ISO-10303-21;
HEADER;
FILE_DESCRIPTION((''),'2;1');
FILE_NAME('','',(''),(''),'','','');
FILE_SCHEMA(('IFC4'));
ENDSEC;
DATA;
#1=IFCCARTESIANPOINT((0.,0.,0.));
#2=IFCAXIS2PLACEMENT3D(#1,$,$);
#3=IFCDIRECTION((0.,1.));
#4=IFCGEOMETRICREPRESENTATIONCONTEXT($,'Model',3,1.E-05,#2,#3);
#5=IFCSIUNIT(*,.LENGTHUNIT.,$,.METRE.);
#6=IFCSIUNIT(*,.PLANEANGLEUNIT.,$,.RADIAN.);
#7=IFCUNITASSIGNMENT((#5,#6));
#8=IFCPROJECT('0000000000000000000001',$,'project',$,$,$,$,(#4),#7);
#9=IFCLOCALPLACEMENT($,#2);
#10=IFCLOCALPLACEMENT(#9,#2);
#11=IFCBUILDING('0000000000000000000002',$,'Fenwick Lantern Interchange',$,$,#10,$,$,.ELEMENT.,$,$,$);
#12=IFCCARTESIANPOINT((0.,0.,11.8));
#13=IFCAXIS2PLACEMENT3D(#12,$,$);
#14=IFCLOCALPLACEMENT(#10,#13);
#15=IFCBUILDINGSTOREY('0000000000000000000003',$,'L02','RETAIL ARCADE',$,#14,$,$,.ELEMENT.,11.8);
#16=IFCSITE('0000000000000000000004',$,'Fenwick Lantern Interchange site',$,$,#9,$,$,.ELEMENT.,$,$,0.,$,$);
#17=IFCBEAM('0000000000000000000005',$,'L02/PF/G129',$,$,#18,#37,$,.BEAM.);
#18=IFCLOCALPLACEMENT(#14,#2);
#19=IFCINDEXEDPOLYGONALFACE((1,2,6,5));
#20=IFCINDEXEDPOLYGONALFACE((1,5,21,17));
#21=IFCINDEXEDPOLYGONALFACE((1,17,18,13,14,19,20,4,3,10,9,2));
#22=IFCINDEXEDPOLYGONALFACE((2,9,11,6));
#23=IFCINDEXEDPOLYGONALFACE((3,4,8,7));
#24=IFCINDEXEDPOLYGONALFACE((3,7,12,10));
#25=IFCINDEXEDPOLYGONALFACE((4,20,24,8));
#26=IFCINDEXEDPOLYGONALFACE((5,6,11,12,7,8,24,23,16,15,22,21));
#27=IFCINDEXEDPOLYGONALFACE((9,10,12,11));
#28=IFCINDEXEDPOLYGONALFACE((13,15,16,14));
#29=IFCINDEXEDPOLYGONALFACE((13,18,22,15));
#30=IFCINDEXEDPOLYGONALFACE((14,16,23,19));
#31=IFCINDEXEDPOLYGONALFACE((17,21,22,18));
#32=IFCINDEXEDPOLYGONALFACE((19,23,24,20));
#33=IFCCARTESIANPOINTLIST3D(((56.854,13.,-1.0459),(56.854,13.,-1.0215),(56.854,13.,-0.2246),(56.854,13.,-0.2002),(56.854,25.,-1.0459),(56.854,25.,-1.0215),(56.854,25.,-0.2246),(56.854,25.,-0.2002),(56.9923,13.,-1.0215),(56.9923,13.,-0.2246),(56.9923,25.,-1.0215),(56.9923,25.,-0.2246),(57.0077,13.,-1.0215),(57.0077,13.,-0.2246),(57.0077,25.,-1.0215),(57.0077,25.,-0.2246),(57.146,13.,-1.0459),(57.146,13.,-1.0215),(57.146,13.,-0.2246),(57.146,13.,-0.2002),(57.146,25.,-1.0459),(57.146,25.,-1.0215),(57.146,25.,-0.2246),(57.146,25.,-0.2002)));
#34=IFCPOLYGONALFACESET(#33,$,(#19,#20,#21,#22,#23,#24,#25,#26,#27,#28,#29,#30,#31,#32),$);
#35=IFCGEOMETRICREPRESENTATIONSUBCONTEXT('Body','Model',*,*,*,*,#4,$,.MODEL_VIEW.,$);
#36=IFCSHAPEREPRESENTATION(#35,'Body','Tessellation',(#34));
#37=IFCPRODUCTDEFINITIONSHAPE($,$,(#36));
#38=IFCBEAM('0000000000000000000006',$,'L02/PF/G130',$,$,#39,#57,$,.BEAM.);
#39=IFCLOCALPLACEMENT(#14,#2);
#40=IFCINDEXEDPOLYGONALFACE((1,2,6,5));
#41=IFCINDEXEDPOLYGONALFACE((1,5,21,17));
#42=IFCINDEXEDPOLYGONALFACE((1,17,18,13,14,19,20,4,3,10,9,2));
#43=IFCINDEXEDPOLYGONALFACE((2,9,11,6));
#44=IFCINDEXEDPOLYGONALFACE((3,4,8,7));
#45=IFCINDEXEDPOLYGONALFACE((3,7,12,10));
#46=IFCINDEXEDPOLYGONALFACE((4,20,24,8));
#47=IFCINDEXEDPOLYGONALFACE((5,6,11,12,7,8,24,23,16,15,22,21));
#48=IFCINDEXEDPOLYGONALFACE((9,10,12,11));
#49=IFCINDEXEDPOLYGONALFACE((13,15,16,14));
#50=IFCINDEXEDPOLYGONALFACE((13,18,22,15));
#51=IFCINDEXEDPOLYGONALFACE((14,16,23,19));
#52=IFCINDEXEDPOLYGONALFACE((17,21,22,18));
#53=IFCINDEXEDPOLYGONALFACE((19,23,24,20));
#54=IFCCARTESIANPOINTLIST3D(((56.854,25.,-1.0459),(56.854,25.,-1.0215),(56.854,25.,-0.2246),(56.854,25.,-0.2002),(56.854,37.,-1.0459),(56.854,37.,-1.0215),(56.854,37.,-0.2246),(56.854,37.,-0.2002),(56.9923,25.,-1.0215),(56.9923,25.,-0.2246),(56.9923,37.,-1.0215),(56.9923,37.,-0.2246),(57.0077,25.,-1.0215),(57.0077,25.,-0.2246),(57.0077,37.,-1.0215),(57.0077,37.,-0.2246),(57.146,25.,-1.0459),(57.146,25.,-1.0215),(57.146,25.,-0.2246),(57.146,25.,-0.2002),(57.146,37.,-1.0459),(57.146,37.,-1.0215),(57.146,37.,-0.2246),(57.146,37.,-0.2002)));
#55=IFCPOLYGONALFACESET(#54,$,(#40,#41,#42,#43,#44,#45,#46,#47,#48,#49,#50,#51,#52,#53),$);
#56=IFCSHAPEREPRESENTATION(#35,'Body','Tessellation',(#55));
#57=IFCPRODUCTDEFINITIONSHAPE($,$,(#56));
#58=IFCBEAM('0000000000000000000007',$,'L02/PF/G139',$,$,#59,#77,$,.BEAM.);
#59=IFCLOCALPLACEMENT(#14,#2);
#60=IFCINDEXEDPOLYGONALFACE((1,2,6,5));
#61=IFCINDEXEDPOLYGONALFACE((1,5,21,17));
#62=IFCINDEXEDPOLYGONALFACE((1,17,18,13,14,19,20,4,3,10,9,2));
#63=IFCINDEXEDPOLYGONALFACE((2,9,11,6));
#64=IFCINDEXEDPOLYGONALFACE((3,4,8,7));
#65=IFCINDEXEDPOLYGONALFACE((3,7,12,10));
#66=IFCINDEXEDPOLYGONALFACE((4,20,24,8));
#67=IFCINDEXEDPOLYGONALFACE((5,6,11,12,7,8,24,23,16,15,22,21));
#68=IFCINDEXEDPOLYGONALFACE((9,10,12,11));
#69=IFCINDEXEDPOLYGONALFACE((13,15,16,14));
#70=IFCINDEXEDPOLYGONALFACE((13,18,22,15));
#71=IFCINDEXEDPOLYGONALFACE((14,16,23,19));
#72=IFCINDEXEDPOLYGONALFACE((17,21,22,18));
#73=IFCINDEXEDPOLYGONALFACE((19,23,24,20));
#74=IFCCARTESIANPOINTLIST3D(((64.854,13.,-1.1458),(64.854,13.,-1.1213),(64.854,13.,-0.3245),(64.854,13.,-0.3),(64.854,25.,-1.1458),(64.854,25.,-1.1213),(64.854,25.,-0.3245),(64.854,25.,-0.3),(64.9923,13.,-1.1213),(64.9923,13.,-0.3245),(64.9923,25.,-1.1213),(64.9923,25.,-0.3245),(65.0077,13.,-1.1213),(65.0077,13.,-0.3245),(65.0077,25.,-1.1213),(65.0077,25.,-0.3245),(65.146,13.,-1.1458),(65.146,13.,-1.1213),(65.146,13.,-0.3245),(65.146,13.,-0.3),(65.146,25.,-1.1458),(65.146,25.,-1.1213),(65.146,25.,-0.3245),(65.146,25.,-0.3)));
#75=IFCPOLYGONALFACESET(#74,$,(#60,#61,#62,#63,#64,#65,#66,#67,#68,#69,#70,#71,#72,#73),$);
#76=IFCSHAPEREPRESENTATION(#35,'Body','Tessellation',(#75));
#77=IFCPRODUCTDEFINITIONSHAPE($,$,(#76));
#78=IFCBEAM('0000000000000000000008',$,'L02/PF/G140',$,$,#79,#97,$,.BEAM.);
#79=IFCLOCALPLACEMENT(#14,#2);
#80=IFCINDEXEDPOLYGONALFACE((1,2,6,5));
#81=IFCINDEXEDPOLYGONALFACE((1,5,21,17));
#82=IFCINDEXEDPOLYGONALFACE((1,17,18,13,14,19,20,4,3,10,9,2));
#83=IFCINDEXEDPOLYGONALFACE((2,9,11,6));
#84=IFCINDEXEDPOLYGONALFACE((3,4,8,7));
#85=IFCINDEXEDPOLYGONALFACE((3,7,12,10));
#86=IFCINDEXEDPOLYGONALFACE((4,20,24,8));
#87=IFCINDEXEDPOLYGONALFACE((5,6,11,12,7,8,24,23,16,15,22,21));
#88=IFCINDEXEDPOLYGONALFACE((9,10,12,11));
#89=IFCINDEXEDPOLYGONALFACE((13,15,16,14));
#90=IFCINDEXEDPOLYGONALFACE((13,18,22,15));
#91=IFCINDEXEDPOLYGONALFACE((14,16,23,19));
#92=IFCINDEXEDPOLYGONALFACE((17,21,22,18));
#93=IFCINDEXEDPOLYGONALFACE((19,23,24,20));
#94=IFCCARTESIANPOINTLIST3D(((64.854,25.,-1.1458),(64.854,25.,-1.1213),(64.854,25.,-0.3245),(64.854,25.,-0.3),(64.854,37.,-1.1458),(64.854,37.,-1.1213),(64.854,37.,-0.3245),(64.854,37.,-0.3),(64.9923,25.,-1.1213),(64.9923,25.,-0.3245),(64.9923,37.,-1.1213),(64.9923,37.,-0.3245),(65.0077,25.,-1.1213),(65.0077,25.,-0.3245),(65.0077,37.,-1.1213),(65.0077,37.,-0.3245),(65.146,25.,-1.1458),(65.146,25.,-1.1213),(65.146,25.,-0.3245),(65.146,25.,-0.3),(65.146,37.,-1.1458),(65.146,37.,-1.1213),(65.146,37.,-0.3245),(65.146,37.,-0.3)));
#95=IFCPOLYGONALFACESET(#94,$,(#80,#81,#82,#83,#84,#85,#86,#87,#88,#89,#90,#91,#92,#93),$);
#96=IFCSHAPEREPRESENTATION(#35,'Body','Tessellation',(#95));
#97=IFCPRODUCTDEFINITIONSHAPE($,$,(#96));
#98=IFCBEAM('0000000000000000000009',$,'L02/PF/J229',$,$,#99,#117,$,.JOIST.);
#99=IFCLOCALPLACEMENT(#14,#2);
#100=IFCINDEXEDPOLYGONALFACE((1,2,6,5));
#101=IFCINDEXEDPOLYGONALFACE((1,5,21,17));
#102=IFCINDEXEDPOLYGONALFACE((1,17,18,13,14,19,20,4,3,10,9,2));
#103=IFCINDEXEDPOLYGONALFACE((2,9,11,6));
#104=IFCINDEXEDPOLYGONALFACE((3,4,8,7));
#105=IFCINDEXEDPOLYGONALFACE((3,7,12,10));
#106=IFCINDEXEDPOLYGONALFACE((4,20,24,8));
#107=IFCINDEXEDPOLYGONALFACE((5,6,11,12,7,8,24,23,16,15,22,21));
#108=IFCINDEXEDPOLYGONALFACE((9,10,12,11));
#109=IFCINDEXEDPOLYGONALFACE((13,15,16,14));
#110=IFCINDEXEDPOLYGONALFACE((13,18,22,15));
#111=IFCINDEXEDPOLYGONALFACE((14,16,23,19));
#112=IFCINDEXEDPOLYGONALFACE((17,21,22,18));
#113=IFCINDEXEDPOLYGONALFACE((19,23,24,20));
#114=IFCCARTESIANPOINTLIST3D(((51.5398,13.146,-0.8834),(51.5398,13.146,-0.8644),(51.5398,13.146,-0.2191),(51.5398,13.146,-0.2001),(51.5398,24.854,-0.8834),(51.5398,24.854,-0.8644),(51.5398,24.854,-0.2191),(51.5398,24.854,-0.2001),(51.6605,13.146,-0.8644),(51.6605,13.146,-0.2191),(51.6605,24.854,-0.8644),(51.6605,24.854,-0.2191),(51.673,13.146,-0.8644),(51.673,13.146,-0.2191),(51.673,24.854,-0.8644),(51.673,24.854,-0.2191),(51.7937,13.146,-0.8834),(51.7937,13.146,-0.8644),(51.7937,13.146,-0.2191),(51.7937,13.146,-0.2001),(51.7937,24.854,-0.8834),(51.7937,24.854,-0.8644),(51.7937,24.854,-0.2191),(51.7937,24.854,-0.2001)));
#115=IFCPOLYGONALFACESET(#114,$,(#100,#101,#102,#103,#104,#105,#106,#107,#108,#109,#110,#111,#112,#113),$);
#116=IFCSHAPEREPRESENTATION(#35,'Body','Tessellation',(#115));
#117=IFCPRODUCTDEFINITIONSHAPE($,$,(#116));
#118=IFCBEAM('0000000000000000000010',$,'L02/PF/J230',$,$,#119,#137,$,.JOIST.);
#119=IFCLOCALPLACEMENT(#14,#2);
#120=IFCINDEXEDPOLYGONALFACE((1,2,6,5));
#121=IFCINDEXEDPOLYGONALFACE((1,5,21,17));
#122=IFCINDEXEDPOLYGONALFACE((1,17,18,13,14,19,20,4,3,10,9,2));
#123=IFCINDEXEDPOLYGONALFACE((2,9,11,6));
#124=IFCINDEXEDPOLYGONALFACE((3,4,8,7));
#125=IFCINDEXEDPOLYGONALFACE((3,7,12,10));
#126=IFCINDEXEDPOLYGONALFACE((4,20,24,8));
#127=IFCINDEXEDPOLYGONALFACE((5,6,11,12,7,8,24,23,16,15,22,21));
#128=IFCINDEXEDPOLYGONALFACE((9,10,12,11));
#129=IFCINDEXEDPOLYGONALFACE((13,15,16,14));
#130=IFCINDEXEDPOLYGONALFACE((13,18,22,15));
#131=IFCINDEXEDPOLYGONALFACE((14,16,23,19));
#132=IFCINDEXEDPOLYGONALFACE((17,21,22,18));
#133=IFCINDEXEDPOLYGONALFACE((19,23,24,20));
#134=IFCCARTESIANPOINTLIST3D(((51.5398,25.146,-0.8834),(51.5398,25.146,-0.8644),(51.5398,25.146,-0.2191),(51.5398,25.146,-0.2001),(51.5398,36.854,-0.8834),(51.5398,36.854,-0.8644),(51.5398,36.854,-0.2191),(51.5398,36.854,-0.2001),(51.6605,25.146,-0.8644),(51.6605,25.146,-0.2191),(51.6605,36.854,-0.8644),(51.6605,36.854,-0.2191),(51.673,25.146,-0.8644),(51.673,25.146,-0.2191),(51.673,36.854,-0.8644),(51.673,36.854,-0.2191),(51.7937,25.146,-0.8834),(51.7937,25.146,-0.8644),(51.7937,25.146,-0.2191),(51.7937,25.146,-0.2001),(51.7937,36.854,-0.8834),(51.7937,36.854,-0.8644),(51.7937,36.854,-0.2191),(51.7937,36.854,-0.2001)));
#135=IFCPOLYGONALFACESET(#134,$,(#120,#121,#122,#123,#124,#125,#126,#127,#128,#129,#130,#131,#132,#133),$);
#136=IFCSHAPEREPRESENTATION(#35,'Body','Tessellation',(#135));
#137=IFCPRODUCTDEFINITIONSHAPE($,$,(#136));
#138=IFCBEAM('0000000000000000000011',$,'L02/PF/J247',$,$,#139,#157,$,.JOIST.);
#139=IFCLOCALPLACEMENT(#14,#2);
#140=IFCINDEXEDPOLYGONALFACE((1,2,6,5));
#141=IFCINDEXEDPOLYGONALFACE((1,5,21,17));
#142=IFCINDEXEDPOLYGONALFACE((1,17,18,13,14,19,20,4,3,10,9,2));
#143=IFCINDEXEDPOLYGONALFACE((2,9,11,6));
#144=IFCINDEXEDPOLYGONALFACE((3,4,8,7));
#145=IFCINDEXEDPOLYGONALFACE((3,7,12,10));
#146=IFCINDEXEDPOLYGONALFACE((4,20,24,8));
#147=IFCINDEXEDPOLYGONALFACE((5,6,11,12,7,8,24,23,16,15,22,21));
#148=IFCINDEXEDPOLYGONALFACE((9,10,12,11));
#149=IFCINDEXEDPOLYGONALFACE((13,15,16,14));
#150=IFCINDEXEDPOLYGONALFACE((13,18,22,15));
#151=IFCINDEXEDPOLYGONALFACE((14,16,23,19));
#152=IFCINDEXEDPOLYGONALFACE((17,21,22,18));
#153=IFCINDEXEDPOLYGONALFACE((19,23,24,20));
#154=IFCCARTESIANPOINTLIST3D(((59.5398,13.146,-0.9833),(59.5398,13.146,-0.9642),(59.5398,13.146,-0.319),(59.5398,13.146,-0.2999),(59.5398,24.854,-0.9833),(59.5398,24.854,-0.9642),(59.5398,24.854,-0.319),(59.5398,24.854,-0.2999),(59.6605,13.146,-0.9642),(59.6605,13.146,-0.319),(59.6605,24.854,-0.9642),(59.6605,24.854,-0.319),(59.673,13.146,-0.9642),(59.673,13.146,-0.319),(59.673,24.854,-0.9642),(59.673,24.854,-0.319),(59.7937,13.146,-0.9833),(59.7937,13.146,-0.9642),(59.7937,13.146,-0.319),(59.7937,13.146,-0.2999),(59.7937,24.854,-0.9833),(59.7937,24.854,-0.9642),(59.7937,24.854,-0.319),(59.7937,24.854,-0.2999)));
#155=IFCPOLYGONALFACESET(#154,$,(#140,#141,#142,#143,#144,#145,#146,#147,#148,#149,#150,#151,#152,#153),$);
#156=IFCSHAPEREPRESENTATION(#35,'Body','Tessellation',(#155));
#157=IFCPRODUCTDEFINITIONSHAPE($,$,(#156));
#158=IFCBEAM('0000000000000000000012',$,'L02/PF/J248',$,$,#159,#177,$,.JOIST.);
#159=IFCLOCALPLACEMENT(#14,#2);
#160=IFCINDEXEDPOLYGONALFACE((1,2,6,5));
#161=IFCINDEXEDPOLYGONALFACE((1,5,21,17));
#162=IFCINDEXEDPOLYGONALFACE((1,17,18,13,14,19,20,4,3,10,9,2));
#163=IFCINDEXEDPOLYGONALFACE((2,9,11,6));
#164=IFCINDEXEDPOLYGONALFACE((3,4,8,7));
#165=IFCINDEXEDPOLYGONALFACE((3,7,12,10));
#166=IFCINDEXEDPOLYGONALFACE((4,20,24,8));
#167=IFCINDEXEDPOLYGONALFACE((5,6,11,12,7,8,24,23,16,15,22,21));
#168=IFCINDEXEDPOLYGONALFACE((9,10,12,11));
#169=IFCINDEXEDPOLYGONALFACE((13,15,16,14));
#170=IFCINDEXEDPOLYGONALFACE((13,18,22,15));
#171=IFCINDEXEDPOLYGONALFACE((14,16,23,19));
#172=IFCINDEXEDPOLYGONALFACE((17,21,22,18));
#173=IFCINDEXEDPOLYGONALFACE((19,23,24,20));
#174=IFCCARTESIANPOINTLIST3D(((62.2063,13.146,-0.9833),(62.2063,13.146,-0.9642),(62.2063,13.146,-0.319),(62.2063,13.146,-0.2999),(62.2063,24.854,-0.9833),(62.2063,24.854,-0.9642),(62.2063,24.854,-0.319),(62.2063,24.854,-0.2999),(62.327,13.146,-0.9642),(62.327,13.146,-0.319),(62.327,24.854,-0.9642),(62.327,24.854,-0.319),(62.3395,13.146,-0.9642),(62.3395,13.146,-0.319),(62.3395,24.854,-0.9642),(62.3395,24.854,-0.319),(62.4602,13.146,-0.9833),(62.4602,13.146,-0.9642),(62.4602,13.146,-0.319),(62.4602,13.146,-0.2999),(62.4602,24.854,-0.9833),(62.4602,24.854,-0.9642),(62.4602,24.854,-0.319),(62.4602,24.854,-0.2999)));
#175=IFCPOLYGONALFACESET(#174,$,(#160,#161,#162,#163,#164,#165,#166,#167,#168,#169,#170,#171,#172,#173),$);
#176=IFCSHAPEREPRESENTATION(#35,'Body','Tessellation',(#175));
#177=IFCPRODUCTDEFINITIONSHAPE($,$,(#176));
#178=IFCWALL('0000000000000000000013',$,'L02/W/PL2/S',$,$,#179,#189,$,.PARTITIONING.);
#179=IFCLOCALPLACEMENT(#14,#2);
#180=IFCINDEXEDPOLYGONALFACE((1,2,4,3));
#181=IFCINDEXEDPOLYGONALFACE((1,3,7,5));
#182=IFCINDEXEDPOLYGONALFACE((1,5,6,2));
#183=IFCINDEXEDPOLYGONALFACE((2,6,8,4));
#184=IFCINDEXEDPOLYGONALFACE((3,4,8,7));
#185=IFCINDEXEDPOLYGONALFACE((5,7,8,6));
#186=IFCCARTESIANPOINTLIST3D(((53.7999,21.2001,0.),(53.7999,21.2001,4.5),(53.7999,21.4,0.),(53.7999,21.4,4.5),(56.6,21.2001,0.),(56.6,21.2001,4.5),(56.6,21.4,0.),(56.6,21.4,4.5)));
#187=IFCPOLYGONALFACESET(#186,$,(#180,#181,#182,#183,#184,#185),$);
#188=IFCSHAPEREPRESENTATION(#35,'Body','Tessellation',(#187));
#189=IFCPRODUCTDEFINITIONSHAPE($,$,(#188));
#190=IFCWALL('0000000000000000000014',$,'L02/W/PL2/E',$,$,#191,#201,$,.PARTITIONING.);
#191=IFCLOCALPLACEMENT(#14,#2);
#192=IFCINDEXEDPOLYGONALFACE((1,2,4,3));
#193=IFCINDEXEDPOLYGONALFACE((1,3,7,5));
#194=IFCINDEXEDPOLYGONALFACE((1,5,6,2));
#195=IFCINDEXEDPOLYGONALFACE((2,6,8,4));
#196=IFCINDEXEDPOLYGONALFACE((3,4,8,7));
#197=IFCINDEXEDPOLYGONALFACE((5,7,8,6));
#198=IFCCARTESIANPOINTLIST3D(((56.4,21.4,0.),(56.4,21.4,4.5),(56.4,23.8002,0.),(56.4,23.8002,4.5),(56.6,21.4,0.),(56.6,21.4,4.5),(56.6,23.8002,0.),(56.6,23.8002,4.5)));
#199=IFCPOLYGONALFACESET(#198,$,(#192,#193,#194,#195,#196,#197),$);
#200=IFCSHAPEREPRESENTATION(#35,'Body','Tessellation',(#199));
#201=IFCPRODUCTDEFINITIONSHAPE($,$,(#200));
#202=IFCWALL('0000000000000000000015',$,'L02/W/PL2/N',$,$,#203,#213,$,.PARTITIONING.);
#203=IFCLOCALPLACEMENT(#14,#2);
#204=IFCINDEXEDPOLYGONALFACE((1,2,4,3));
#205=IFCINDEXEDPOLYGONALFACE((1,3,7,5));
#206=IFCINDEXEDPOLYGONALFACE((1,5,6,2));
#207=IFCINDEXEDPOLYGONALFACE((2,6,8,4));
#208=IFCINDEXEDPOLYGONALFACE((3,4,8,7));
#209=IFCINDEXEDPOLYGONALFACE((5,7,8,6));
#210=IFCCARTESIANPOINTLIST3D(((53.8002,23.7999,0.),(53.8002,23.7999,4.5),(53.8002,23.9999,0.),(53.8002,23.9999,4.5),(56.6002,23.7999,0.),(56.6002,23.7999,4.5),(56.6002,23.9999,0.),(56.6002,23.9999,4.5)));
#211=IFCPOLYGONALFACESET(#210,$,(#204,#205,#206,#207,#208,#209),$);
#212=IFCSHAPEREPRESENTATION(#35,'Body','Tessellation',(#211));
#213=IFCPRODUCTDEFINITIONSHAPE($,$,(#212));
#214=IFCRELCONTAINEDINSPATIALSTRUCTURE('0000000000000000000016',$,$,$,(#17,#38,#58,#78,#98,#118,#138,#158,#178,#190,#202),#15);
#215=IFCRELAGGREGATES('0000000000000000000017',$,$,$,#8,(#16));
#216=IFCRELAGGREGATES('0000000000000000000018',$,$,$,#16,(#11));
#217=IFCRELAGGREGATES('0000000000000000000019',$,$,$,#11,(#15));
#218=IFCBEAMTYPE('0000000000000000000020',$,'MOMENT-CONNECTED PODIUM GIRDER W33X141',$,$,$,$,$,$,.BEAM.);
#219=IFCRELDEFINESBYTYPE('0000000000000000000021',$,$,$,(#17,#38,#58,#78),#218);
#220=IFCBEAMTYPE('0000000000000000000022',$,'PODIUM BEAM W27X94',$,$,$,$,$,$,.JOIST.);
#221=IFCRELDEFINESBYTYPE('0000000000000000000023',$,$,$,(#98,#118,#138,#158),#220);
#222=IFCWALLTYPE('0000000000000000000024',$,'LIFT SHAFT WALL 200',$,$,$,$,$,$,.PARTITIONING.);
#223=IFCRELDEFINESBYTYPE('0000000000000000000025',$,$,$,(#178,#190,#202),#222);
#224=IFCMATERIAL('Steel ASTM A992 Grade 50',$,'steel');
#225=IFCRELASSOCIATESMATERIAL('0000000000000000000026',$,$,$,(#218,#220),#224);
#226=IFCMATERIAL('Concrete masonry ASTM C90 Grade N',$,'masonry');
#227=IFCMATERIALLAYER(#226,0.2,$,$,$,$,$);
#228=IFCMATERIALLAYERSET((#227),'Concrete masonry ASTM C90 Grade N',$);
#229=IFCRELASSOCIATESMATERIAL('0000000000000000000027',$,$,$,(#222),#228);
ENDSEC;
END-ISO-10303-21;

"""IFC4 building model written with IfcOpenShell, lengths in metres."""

from ifc_helpers import new_model, si_unit, direction, frame, frame_2d, origin, origin_2d, place, context, subcontext, project, spatial, rectangle, i_section, extrude, material, layer, layer_set, material_profile, profile_set, type_object, element, save


model = new_model("IFC4")

# Units and contexts
model_context = context("Model", 3, precision=1e-05, world=origin(), true_north=direction((0.0, 1.0)))
body_context = subcontext(model_context, "Body", "Model", "MODEL_VIEW")
ifc_project = project(units=[si_unit("LENGTHUNIT", "METRE"), si_unit("PLANEANGLEUNIT", "RADIAN")], contexts=[model_context])

# Site, building, storey
site_placement = place(None, origin())
site = spatial("IfcSite", under=ifc_project, at=site_placement, Name="Fenwick Lantern Interchange site", CompositionType="ELEMENT", RefElevation=0.0)
building_placement = place(site_placement, origin())
building = spatial("IfcBuilding", under=site, at=building_placement, Name="Fenwick Lantern Interchange", CompositionType="ELEMENT")
storey_placement = place(building_placement, frame((0.0, 0.0, 11.8)))
storey = spatial("IfcBuildingStorey", under=building, at=storey_placement, Name="L02", Description="RETAIL ARCADE", CompositionType="ELEMENT", Elevation=11.8)

# Shared definitions
ifc_material_1 = material(Name="Steel ASTM A992 Grade 50", Category="steel")

# Beams
ifc_material_profile_1 = material_profile(ifc_material_1, i_section(OverallWidth=0.292, OverallDepth=0.8457, WebThickness=0.0154, FlangeThickness=0.0244, at=origin_2d()), Name="W33X141")
ifc_profile_set_1 = profile_set([ifc_material_profile_1], Name="Steel ASTM A992 Grade 50")
beam_type_1 = type_object("IfcBeamType", Name="MOMENT-CONNECTED PODIUM GIRDER W33X141", PredefinedType="BEAM", material=ifc_profile_set_1)
for number, where, z_axis, x_axis, name in (
    (1, (57.0, 13.0, -0.623), (0.0, 1.0, 0.0), (-1.0, 0.0, 0.0), "L02/PF/G129"),
    (2, (57.0, 25.0, -0.623), (0.0, 1.0, 0.0), (-1.0, 0.0, 0.0), "L02/PF/G130"),
    (3, (65.0, 13.0, -0.7229), (0.0, 1.0, 0.0), (-1.0, 0.0, 0.0), "L02/PF/G139"),
    (4, (65.0, 25.0, -0.7229), (0.0, 1.0, 0.0), (-1.0, 0.0, 0.0), "L02/PF/G140"),
):
    element("IfcBeam", number, at=place(storey_placement, frame(where, z_axis=z_axis, x_axis=x_axis)), inside=storey, type_object=beam_type_1, Name=name, PredefinedType="BEAM", context=body_context, shape_type="SweptSolid", body=[
        extrude(i_section(OverallWidth=0.292, OverallDepth=0.8457, WebThickness=0.0154, FlangeThickness=0.0244, at=origin_2d()), origin(), (0.0, 0.0, 1.0), 12.0),
    ])
ifc_material_profile_2 = material_profile(ifc_material_1, i_section(OverallWidth=0.2539, OverallDepth=0.6833, WebThickness=0.0125, FlangeThickness=0.019, at=origin_2d()), Name="W27X94")
ifc_profile_set_2 = profile_set([ifc_material_profile_2], Name="Steel ASTM A992 Grade 50")
beam_type_2 = type_object("IfcBeamType", Name="PODIUM BEAM W27X94", PredefinedType="JOIST", material=ifc_profile_set_2)
for number, where, z_axis, x_axis, name in (
    (5, (51.6667, 13.146, -0.5417), (0.0, 1.0, 0.0), (-1.0, 0.0, 0.0), "L02/PF/J229"),
    (6, (51.6667, 25.146, -0.5417), (0.0, 1.0, 0.0), (-1.0, 0.0, 0.0), "L02/PF/J230"),
    (7, (59.6667, 13.146, -0.6416), (0.0, 1.0, 0.0), (-1.0, 0.0, 0.0), "L02/PF/J247"),
    (8, (62.3333, 13.146, -0.6416), (0.0, 1.0, 0.0), (-1.0, 0.0, 0.0), "L02/PF/J248"),
):
    element("IfcBeam", number, at=place(storey_placement, frame(where, z_axis=z_axis, x_axis=x_axis)), inside=storey, type_object=beam_type_2, Name=name, PredefinedType="JOIST", context=body_context, shape_type="SweptSolid", body=[
        extrude(i_section(OverallWidth=0.2539, OverallDepth=0.6833, WebThickness=0.0125, FlangeThickness=0.019, at=origin_2d()), origin(), (0.0, 0.0, 1.0), 11.708),
    ])

# Walls
ifc_material_2 = material(Name="Concrete masonry ASTM C90 Grade N", Category="masonry")
ifc_layer = layer(ifc_material_2, 0.2)
ifc_layer_set = layer_set([ifc_layer], Name="Concrete masonry ASTM C90 Grade N")
wall_type = type_object("IfcWallType", Name="LIFT SHAFT WALL 200", PredefinedType="PARTITIONING", material=ifc_layer_set)
wall_1_placement = place(storey_placement, frame((53.8, 21.3, 0.0), z_axis=(0.0, 0.0, 1.0), x_axis=(1.0, 0.0, 0.0)))
element("IfcWall", 9, at=wall_1_placement, inside=storey, type_object=wall_type, Name="L02/W/PL2/S", PredefinedType="PARTITIONING", context=body_context, shape_type="SweptSolid", body=[
    extrude(rectangle(XDim=2.8, YDim=0.2, at=frame_2d((1.3999, 0.0))), origin(), (0.0, 0.0, 1.0), 4.5),
])
wall_2_placement = place(storey_placement, frame((56.5, 21.3999, 0.0), z_axis=(0.0, 0.0, 1.0), x_axis=(0.0, 1.0, 0.0)))
element("IfcWall", 10, at=wall_2_placement, inside=storey, type_object=wall_type, Name="L02/W/PL2/E", PredefinedType="PARTITIONING", context=body_context, shape_type="SweptSolid", body=[
    extrude(rectangle(XDim=2.4001, YDim=0.2, at=frame_2d((1.2002, 0.0))), origin(), (0.0, 0.0, 1.0), 4.5),
])
wall_3_placement = place(storey_placement, frame((56.6001, 23.8999, 0.0), z_axis=(0.0, 0.0, 1.0), x_axis=(-1.0, 0.0, 0.0)))
element("IfcWall", 11, at=wall_3_placement, inside=storey, type_object=wall_type, Name="L02/W/PL2/N", PredefinedType="PARTITIONING", context=body_context, shape_type="SweptSolid", body=[
    extrude(rectangle(XDim=2.8, YDim=0.2, at=frame_2d((1.3999, 0.0))), origin(), (0.0, 0.0, 1.0), 4.5),
])

save(model, "model.ifc")
